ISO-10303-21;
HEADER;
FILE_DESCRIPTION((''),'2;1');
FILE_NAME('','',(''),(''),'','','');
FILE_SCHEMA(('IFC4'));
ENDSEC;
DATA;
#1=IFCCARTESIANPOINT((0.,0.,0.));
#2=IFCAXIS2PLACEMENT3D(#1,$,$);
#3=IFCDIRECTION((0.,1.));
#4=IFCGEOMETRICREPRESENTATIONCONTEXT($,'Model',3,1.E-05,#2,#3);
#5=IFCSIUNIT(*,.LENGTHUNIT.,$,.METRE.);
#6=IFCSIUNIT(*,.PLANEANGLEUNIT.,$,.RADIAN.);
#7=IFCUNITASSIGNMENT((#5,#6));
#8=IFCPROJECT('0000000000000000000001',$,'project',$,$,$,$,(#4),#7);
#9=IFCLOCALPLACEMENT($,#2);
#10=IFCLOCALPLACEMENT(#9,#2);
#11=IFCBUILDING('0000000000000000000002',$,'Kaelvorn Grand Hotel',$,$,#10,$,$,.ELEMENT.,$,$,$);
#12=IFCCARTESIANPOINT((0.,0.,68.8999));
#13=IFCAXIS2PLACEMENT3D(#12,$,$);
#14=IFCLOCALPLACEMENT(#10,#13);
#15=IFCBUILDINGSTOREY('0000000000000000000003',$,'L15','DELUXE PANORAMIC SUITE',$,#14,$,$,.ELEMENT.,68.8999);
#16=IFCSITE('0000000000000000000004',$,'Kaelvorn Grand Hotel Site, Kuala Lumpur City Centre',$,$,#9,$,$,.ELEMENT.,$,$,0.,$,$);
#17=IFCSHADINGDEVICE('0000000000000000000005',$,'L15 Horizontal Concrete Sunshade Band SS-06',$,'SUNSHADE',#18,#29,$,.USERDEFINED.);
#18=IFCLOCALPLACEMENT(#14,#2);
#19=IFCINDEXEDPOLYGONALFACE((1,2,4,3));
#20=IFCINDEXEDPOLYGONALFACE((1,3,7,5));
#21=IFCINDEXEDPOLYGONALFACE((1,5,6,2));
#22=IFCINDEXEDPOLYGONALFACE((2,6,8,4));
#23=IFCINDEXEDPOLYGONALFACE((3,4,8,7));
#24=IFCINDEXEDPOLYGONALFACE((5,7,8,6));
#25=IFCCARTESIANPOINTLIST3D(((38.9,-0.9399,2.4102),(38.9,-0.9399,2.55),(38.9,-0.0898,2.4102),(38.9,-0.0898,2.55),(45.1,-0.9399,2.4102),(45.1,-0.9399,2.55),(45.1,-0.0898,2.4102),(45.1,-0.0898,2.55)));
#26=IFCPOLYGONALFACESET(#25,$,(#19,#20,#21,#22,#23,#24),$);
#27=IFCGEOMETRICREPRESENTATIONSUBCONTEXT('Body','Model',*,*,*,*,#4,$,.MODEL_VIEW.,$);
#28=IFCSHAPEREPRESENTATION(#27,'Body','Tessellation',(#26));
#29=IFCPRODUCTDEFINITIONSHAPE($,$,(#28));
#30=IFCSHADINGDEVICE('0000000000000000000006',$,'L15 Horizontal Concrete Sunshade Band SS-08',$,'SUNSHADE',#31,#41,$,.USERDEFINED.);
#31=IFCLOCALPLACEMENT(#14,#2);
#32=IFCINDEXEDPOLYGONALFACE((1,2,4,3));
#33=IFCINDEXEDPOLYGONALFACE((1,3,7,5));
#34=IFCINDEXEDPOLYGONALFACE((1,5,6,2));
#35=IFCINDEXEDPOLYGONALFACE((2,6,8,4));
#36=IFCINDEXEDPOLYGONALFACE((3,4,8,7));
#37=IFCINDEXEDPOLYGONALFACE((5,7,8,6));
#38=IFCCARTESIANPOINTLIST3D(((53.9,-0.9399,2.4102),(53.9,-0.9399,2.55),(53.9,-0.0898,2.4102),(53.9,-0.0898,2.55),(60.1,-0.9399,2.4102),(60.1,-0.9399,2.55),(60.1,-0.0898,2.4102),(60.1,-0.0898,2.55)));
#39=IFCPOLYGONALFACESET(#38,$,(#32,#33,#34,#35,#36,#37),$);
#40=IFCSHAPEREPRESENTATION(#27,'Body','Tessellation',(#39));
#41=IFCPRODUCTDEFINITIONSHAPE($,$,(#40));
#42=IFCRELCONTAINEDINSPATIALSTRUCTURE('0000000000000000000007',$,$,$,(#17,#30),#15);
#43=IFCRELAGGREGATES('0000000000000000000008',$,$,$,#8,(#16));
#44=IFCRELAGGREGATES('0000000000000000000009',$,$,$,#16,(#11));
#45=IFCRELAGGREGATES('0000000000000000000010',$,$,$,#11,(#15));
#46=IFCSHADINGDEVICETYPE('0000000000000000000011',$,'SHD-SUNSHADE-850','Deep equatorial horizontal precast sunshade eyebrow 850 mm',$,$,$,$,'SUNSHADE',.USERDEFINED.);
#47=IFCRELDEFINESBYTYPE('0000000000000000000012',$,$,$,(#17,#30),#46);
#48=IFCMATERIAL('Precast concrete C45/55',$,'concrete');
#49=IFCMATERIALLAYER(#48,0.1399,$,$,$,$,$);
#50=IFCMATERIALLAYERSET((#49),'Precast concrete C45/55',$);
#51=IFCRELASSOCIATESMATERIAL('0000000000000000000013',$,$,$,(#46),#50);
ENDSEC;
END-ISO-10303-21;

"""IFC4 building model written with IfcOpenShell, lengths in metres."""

from ifc_helpers import new_model, si_unit, direction, frame, origin, origin_2d, place, context, subcontext, project, spatial, rectangle, extrude, material, layer, layer_set, type_object, element, save


model = new_model("IFC4")

# Units and contexts
model_context = context("Model", 3, precision=1e-05, world=origin(), true_north=direction((0.0, 1.0)))
body_context = subcontext(model_context, "Body", "Model", "MODEL_VIEW")
ifc_project = project(units=[si_unit("LENGTHUNIT", "METRE"), si_unit("PLANEANGLEUNIT", "RADIAN")], contexts=[model_context])

# Site, building, storey
site_placement = place(None, origin())
site = spatial("IfcSite", under=ifc_project, at=site_placement, Name="Kaelvorn Grand Hotel Site, Kuala Lumpur City Centre", CompositionType="ELEMENT", RefElevation=0.0)
building_placement = place(site_placement, origin())
building = spatial("IfcBuilding", under=site, at=building_placement, Name="Kaelvorn Grand Hotel", CompositionType="ELEMENT")
storey_placement = place(building_placement, frame((0.0, 0.0, 68.8999)))
storey = spatial("IfcBuildingStorey", under=building, at=storey_placement, Name="L15", Description="DELUXE PANORAMIC SUITE", CompositionType="ELEMENT", Elevation=68.8999)

# Shading devices
ifc_material_1 = material(Name="Precast concrete C45/55", Category="concrete")
ifc_layer_1 = layer(ifc_material_1, 0.1399)
ifc_layer_set_1 = layer_set([ifc_layer_1], Name="Precast concrete C45/55")
shading_device_type_1 = type_object("IfcShadingDeviceType", Name="SHD-SUNSHADE-850", Description="Deep equatorial horizontal precast sunshade eyebrow 850 mm", ElementType="SUNSHADE", PredefinedType="USERDEFINED", material=ifc_layer_set_1)
for number, where, z_axis, x_axis, name in (
    (1, (42.0, -0.5149, 2.4102), (0.0, 0.0, 1.0), (1.0, 0.0, 0.0), "L15 Horizontal Concrete Sunshade Band SS-06"),
    (2, (57.0, -0.5149, 2.4102), (0.0, 0.0, 1.0), (1.0, 0.0, 0.0), "L15 Horizontal Concrete Sunshade Band SS-08"),
):
    element("IfcShadingDevice", number, at=place(storey_placement, frame(where, z_axis=z_axis, x_axis=x_axis)), inside=storey, type_object=shading_device_type_1, Name=name, ObjectType="SUNSHADE", PredefinedType="USERDEFINED", context=body_context, shape_type="SweptSolid", body=[
        extrude(rectangle(XDim=6.2, YDim=0.8501, at=origin_2d()), origin(), (0.0, 0.0, 1.0), 0.1399),
    ])

save(model, "model.ifc")
